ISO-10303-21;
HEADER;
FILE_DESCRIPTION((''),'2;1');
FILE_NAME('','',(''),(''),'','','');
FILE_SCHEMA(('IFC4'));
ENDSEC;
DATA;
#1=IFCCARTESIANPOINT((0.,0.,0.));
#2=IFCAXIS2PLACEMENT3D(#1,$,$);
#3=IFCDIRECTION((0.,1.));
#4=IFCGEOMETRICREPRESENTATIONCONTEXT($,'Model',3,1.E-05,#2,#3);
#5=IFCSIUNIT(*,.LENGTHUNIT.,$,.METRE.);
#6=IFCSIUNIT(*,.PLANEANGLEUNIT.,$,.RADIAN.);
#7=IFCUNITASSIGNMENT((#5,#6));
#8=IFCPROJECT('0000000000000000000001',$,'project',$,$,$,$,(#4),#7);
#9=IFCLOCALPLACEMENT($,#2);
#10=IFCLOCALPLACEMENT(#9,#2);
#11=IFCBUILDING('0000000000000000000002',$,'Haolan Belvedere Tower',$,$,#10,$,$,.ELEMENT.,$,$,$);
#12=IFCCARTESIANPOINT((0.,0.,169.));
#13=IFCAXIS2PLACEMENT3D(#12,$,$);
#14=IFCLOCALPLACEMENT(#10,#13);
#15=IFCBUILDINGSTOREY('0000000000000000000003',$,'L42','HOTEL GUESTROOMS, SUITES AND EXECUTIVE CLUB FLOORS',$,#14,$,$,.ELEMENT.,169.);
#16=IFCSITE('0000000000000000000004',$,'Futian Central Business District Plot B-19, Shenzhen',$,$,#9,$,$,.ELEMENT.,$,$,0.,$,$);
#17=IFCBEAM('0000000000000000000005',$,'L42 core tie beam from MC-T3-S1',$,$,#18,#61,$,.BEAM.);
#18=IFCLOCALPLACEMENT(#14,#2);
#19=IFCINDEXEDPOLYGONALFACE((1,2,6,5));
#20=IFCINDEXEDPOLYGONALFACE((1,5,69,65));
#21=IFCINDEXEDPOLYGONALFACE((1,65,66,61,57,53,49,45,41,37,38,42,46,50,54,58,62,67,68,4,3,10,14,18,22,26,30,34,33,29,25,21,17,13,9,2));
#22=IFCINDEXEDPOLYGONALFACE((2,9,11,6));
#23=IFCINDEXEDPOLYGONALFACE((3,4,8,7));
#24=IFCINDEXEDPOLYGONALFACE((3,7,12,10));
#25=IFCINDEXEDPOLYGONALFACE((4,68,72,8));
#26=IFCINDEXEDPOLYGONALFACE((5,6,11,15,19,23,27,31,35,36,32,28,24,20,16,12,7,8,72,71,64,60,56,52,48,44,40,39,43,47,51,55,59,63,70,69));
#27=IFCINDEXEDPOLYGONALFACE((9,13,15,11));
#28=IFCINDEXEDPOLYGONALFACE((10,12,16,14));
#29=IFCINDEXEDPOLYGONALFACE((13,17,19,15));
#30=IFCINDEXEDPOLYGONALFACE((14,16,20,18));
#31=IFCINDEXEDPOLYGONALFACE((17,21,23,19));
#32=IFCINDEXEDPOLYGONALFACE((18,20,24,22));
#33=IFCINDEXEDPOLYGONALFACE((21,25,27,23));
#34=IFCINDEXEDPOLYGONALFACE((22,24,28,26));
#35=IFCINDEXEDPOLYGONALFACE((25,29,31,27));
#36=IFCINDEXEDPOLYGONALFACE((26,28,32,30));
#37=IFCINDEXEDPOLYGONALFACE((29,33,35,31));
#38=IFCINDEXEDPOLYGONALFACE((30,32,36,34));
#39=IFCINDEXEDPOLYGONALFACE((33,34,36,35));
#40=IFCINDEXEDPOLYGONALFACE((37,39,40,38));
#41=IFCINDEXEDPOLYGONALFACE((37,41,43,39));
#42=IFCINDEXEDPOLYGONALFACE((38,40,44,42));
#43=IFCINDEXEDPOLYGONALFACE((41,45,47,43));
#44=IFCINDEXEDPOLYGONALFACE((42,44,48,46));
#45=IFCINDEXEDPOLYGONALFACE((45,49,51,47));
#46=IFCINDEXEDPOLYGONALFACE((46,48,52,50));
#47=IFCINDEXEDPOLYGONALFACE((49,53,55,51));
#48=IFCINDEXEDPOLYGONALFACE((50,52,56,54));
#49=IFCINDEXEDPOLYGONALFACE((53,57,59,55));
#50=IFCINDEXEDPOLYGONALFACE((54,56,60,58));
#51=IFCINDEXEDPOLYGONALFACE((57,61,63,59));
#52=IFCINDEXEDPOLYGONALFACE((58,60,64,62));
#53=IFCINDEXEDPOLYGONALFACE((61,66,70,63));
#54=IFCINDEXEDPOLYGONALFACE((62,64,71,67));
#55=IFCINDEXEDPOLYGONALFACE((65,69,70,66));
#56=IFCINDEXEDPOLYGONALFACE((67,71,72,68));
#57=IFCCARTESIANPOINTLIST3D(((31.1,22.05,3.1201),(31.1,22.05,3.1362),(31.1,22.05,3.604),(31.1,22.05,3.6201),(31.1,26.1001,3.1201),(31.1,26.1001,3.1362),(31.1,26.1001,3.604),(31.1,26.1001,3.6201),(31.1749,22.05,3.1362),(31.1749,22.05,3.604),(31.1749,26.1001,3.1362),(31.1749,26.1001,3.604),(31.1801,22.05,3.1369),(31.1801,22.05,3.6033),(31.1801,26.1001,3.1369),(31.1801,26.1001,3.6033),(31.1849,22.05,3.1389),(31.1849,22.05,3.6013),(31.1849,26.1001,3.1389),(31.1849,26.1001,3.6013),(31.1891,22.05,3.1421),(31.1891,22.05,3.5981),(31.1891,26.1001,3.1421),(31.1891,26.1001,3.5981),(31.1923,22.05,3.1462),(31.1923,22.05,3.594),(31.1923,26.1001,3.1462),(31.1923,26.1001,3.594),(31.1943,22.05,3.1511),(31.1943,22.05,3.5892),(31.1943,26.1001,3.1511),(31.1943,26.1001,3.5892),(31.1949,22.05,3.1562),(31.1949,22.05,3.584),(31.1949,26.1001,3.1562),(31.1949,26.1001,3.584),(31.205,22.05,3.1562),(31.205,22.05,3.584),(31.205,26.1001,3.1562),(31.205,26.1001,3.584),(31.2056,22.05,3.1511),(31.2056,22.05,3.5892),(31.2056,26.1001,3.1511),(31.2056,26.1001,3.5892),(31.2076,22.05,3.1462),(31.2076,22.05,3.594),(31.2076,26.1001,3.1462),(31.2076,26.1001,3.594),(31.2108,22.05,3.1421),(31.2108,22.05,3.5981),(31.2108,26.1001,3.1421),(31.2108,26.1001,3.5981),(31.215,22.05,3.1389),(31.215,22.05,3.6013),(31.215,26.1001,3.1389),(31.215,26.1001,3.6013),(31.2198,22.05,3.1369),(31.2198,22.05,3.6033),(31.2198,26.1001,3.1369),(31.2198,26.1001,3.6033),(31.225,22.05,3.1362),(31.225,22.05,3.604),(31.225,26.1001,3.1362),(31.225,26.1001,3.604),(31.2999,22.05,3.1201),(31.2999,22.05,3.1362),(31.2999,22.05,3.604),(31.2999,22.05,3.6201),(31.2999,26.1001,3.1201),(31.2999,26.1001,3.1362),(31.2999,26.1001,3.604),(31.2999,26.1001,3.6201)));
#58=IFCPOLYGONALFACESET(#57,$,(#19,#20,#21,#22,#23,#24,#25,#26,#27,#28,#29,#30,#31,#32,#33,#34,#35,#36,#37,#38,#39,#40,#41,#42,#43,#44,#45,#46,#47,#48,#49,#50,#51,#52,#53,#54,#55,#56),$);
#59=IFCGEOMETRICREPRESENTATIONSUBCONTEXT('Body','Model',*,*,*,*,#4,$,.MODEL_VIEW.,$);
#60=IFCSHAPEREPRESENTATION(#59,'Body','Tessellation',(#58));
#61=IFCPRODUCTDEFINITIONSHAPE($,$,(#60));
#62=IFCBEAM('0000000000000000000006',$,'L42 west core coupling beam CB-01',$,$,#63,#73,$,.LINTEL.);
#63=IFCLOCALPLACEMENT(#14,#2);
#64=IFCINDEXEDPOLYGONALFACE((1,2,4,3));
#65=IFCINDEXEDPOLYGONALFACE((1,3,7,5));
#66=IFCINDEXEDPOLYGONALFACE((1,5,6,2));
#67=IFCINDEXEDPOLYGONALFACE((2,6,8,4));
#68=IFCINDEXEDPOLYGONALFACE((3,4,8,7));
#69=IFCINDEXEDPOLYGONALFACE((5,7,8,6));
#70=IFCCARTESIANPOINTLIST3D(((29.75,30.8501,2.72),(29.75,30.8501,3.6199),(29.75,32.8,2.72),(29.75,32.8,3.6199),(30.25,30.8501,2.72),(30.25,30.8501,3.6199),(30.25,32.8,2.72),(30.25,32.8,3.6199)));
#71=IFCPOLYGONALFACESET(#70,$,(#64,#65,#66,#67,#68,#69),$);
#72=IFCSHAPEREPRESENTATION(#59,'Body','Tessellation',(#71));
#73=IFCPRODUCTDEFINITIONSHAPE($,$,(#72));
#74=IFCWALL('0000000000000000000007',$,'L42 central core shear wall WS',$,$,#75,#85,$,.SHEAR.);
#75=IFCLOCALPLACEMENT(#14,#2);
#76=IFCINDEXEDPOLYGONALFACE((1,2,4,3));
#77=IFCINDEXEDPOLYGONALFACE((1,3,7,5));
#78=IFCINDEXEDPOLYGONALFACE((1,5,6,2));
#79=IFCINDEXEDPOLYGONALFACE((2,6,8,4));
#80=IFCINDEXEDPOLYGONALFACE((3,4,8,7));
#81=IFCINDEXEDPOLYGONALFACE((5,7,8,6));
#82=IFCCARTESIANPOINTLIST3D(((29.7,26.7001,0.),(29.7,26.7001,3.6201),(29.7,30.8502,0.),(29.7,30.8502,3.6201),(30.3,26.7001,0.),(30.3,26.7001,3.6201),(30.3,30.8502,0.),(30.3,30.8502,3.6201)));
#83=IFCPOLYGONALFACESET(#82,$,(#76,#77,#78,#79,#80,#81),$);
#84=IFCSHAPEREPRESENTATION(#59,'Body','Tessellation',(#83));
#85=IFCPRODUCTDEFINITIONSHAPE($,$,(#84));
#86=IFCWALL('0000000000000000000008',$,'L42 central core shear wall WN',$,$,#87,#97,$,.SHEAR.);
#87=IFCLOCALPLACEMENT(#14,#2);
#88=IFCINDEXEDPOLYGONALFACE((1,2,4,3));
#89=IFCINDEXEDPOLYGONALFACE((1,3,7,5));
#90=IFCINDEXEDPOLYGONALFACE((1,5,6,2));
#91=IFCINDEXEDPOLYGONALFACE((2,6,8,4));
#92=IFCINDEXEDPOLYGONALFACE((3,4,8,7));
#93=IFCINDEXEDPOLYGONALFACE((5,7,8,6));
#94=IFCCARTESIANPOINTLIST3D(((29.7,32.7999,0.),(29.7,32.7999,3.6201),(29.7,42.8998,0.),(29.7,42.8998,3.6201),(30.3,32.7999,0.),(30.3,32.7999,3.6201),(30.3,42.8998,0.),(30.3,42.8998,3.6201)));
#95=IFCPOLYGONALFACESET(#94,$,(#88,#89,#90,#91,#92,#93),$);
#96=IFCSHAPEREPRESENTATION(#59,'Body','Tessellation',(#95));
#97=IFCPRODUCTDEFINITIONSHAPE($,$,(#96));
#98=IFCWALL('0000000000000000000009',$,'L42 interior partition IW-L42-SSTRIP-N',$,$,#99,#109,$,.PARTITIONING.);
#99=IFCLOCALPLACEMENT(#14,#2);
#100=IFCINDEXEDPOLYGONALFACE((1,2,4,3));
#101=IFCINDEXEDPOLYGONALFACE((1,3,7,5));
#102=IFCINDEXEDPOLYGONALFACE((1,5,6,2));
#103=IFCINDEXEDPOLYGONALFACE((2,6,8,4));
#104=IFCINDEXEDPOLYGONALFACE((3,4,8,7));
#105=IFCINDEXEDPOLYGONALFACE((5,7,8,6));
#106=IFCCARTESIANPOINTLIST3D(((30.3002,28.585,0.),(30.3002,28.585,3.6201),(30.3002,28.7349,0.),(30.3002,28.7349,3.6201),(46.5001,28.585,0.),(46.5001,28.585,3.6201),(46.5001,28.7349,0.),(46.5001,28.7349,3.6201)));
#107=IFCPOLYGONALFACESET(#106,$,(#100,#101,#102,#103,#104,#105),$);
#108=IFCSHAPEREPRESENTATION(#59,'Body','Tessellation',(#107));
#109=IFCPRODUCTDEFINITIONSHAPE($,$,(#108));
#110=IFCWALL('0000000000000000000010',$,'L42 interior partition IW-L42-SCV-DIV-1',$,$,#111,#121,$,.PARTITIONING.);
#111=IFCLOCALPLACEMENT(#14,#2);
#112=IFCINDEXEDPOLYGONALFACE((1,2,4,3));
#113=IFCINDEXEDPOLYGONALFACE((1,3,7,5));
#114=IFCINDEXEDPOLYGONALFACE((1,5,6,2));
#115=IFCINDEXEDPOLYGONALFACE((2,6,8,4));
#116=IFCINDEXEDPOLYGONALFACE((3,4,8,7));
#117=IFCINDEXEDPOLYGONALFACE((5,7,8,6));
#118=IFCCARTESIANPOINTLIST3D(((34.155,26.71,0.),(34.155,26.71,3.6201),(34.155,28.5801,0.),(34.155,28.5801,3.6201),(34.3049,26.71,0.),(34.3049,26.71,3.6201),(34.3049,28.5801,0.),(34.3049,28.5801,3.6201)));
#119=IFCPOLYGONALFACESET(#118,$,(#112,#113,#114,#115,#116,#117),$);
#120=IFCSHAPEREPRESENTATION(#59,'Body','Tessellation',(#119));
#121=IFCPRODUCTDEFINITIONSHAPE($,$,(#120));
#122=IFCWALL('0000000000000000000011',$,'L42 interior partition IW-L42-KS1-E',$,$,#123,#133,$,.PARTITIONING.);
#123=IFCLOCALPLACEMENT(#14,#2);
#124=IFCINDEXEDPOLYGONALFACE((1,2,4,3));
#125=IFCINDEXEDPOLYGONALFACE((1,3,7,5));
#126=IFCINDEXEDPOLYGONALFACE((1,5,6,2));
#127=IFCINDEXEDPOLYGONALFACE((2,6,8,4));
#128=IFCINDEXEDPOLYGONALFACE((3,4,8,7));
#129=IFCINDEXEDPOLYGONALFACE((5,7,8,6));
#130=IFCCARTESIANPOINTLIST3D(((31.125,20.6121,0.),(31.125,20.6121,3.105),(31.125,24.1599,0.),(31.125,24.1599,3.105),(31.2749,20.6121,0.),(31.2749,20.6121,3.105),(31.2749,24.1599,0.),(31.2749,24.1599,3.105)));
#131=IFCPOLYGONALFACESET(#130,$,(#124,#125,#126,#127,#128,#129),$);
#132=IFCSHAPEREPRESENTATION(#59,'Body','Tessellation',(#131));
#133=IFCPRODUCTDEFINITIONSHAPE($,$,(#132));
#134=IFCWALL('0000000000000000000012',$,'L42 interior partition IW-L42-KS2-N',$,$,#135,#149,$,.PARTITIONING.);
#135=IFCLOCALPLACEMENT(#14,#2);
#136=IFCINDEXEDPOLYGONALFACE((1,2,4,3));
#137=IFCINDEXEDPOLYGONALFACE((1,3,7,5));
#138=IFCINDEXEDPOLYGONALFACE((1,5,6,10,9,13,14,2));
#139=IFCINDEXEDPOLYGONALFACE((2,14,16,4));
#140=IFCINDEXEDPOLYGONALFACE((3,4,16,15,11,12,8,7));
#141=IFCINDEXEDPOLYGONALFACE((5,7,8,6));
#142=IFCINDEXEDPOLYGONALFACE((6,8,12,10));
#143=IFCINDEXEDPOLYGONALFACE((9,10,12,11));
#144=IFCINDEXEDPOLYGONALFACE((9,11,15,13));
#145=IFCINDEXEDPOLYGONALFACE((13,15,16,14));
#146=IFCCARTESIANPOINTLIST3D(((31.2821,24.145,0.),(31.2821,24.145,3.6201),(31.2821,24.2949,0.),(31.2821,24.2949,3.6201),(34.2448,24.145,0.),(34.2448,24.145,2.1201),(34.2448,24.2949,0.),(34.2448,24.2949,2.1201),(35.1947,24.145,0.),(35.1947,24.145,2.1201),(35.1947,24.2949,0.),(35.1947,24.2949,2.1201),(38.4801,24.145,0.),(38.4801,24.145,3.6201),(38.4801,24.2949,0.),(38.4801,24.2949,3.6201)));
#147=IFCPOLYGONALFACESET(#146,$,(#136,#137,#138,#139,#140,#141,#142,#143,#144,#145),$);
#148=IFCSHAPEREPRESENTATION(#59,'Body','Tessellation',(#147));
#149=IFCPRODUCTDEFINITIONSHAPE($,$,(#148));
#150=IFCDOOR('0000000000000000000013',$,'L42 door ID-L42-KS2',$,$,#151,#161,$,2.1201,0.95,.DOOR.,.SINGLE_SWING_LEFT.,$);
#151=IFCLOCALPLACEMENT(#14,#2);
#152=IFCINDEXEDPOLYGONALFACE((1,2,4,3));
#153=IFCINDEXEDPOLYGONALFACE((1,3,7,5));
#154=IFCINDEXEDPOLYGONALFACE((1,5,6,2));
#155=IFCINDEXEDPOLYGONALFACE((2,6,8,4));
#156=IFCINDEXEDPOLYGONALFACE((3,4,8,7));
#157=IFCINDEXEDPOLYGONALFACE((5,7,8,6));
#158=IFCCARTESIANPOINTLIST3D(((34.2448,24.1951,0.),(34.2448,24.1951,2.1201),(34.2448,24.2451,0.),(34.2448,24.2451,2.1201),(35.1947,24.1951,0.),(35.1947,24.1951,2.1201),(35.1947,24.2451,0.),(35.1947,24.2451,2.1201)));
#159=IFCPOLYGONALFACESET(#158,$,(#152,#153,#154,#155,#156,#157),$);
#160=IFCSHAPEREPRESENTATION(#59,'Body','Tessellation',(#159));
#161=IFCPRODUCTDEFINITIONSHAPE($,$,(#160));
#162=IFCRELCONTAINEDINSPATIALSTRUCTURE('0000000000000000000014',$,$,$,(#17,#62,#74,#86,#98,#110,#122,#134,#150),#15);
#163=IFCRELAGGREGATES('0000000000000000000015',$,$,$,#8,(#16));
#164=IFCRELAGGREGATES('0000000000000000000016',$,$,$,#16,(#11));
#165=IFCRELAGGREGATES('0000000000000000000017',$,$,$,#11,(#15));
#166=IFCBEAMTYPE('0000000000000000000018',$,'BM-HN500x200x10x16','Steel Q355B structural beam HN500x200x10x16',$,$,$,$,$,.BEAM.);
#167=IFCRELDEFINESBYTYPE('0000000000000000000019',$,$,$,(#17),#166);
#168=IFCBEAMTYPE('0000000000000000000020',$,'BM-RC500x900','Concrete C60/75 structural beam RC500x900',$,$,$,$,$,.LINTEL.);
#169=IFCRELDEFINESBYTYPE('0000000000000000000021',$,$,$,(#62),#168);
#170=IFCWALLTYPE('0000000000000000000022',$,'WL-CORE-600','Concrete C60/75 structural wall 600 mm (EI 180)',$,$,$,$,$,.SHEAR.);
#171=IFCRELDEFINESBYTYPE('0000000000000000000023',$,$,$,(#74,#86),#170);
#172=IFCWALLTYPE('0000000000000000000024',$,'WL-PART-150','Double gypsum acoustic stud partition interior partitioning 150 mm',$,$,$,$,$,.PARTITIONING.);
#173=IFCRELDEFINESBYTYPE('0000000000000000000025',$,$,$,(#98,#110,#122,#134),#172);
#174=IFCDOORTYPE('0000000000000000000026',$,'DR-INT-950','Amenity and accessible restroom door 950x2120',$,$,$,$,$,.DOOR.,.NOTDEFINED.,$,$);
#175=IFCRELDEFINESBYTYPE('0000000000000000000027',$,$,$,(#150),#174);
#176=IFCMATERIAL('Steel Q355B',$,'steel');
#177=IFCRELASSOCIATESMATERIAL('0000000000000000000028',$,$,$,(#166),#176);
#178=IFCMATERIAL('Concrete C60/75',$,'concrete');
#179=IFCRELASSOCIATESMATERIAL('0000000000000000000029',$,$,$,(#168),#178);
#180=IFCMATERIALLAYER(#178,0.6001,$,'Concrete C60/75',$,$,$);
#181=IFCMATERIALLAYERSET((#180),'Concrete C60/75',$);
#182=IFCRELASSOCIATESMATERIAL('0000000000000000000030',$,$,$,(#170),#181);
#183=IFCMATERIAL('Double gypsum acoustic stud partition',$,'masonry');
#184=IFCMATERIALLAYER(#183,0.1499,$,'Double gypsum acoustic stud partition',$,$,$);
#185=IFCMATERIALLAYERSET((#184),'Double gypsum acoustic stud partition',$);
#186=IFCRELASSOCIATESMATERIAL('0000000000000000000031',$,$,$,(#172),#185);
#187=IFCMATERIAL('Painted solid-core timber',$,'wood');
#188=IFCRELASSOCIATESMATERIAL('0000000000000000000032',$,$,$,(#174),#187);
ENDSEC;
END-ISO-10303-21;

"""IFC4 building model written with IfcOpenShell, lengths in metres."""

from ifc_helpers import new_model, si_unit, direction, frame, frame_2d, origin, origin_2d, place, context, subcontext, project, spatial, rectangle, i_section, extrude, material, layer, layer_set, material_profile, profile_set, type_object, element, fill, save


model = new_model("IFC4")

# Units and contexts
model_context = context("Model", 3, precision=1e-05, world=origin(), true_north=direction((0.0, 1.0)))
body_context = subcontext(model_context, "Body", "Model", "MODEL_VIEW")
ifc_project = project(units=[si_unit("LENGTHUNIT", "METRE"), si_unit("PLANEANGLEUNIT", "RADIAN")], contexts=[model_context])

# Site, building, storey
site_placement = place(None, origin())
site = spatial("IfcSite", under=ifc_project, at=site_placement, Name="Futian Central Business District Plot B-19, Shenzhen", CompositionType="ELEMENT", RefElevation=0.0)
building_placement = place(site_placement, origin())
building = spatial("IfcBuilding", under=site, at=building_placement, Name="Haolan Belvedere Tower", CompositionType="ELEMENT")
storey_placement = place(building_placement, frame((0.0, 0.0, 169.0)))
storey = spatial("IfcBuildingStorey", under=building, at=storey_placement, Name="L42", Description="HOTEL GUESTROOMS, SUITES AND EXECUTIVE CLUB FLOORS", CompositionType="ELEMENT", Elevation=169.0)

# Beams
ifc_material_1 = material(Name="Steel Q355B", Category="steel")
ifc_material_profile_1 = material_profile(ifc_material_1, i_section(OverallWidth=0.2, OverallDepth=0.5, WebThickness=0.01, FlangeThickness=0.0161, FilletRadius=0.02, at=origin_2d()), Name="Steel Q355B")
ifc_profile_set_1 = profile_set([ifc_material_profile_1], Name="Steel Q355B")
beam_type_1 = type_object("IfcBeamType", Name="BM-HN500x200x10x16", Description="Steel Q355B structural beam HN500x200x10x16", PredefinedType="BEAM", material=ifc_profile_set_1)
beam_1_placement = place(storey_placement, frame((31.2, 22.05, 3.3701), z_axis=(0.0, 1.0, 0.0), x_axis=(-1.0, 0.0, 0.0)))
element("IfcBeam", 1, at=beam_1_placement, inside=storey, type_object=beam_type_1, Name="L42 core tie beam from MC-T3-S1", PredefinedType="BEAM", context=body_context, shape_type="SweptSolid", body=[
    extrude(i_section(OverallWidth=0.2, OverallDepth=0.5, WebThickness=0.01, FlangeThickness=0.0161, FilletRadius=0.02, at=origin_2d()), origin(), (0.0, 0.0, 1.0), 4.05),
])
ifc_material_2 = material(Name="Concrete C60/75", Category="concrete")
ifc_material_profile_2 = material_profile(ifc_material_2, rectangle(XDim=0.5, YDim=0.8999, at=origin_2d()), Name="Concrete C60/75")
ifc_profile_set_2 = profile_set([ifc_material_profile_2], Name="Concrete C60/75")
beam_type_2 = type_object("IfcBeamType", Name="BM-RC500x900", Description="Concrete C60/75 structural beam RC500x900", PredefinedType="LINTEL", material=ifc_profile_set_2)
beam_2_placement = place(storey_placement, frame((30.0, 30.8501, 3.1699), z_axis=(0.0, 1.0, 0.0), x_axis=(-1.0, 0.0, 0.0)))
element("IfcBeam", 2, at=beam_2_placement, inside=storey, type_object=beam_type_2, Name="L42 west core coupling beam CB-01", PredefinedType="LINTEL", context=body_context, shape_type="SweptSolid", body=[
    extrude(rectangle(XDim=0.5, YDim=0.8999, at=origin_2d()), origin(), (0.0, 0.0, 1.0), 1.95),
])

# Walls
ifc_layer_1 = layer(ifc_material_2, 0.6001, Name="Concrete C60/75")
ifc_layer_set_1 = layer_set([ifc_layer_1], Name="Concrete C60/75")
wall_type_1 = type_object("IfcWallType", Name="WL-CORE-600", Description="Concrete C60/75 structural wall 600 mm (EI 180)", PredefinedType="SHEAR", material=ifc_layer_set_1)
wall_1_placement = place(storey_placement, frame((30.0, 26.7, 0.0), z_axis=(0.0, 0.0, 1.0), x_axis=(0.0, 1.0, 0.0)))
element("IfcWall", 3, at=wall_1_placement, inside=storey, type_object=wall_type_1, Name="L42 central core shear wall WS", PredefinedType="SHEAR", context=body_context, shape_type="SweptSolid", body=[
    extrude(rectangle(XDim=4.1501, YDim=0.6001, at=frame_2d((2.0752, 0.0))), origin(), (0.0, 0.0, 1.0), 3.6201),
])
wall_2_placement = place(storey_placement, frame((30.0, 32.8, 0.0), z_axis=(0.0, 0.0, 1.0), x_axis=(0.0, 1.0, 0.0)))
element("IfcWall", 4, at=wall_2_placement, inside=storey, type_object=wall_type_1, Name="L42 central core shear wall WN", PredefinedType="SHEAR", context=body_context, shape_type="SweptSolid", body=[
    extrude(rectangle(XDim=10.0999, YDim=0.6001, at=frame_2d((5.0498, 0.0))), origin(), (0.0, 0.0, 1.0), 3.6201),
])
ifc_material_3 = material(Name="Double gypsum acoustic stud partition", Category="masonry")
ifc_layer_2 = layer(ifc_material_3, 0.1499, Name="Double gypsum acoustic stud partition")
ifc_layer_set_2 = layer_set([ifc_layer_2], Name="Double gypsum acoustic stud partition")
wall_type_2 = type_object("IfcWallType", Name="WL-PART-150", Description="Double gypsum acoustic stud partition interior partitioning 150 mm", PredefinedType="PARTITIONING", material=ifc_layer_set_2)
wall_3_placement = place(storey_placement, frame((30.3, 28.6599, 0.0), z_axis=(0.0, 0.0, 1.0), x_axis=(1.0, 0.0, 0.0)))
element("IfcWall", 5, at=wall_3_placement, inside=storey, type_object=wall_type_2, Name="L42 interior partition IW-L42-SSTRIP-N", PredefinedType="PARTITIONING", context=body_context, shape_type="SweptSolid", body=[
    extrude(rectangle(XDim=16.2, YDim=0.1499, at=frame_2d((8.1001, 0.0))), origin(), (0.0, 0.0, 1.0), 3.6201),
])
wall_4_placement = place(storey_placement, frame((34.23, 26.71, 0.0), z_axis=(0.0, 0.0, 1.0), x_axis=(0.0, 1.0, 0.0)))
element("IfcWall", 6, at=wall_4_placement, inside=storey, type_object=wall_type_2, Name="L42 interior partition IW-L42-SCV-DIV-1", PredefinedType="PARTITIONING", context=body_context, shape_type="SweptSolid", body=[
    extrude(rectangle(XDim=1.8701, YDim=0.1499, at=frame_2d((0.9351, 0.0))), origin(), (0.0, 0.0, 1.0), 3.6201),
])
wall_5_placement = place(storey_placement, frame((31.2, 20.6121, 0.0), z_axis=(0.0, 0.0, 1.0), x_axis=(0.0, 1.0, 0.0)))
element("IfcWall", 7, at=wall_5_placement, inside=storey, type_object=wall_type_2, Name="L42 interior partition IW-L42-KS1-E", PredefinedType="PARTITIONING", context=body_context, shape_type="SweptSolid", body=[
    extrude(rectangle(XDim=3.5479, YDim=0.1499, at=frame_2d((1.7739, 0.0))), origin(), (0.0, 0.0, 1.0), 3.105),
])

# Wall, opening, door
wall_6_placement = place(storey_placement, frame((31.282, 24.22, 0.0), z_axis=(0.0, 0.0, 1.0), x_axis=(1.0, 0.0, 0.0)))
wall_6 = element("IfcWall", 8, at=wall_6_placement, inside=storey, type_object=wall_type_2, Name="L42 interior partition IW-L42-KS2-N", PredefinedType="PARTITIONING", context=body_context, shape_type="SweptSolid", body=[
    extrude(rectangle(XDim=7.198, YDim=0.1499, at=frame_2d((3.5991, 0.0))), origin(), (0.0, 0.0, 1.0), 3.6201),
])
opening_1_placement = place(wall_6_placement, frame((3.9128, 0.0, 0.0), z_axis=(0.0, 0.0, 1.0), x_axis=(-1.0, 0.0, 0.0)))
opening_1 = element("IfcOpeningElement", 9, at=opening_1_placement, cuts=wall_6, PredefinedType="OPENING", context=body_context, shape_type="SweptSolid", body=[
    extrude(rectangle(XDim=0.95, YDim=2.1201, at=frame_2d((0.4751, 1.0601))), frame((0.0, 0.085, 0.0), z_axis=(0.0, -1.0, 0.0), x_axis=(1.0, 0.0, 0.0)), (0.0, 0.0, 1.0), 0.1699),
])
ifc_material_4 = material(Name="Painted solid-core timber", Category="wood")
door_type_1 = type_object("IfcDoorType", Name="DR-INT-950", Description="Amenity and accessible restroom door 950x2120", OperationType="NOTDEFINED", PredefinedType="DOOR", material=ifc_material_4)
door_1_placement = place(opening_1_placement, origin())
door_1 = element("IfcDoor", 10, at=door_1_placement, inside=storey, type_object=door_type_1, Name="L42 door ID-L42-KS2", OperationType="SINGLE_SWING_LEFT", OverallHeight=2.1201, OverallWidth=0.95, PredefinedType="DOOR", context=body_context, shape_type="SweptSolid", body=[
    extrude(rectangle(XDim=0.95, YDim=2.1201, at=frame_2d((0.4751, 1.0601))), frame((0.0, 0.0249, 0.0), z_axis=(0.0, -1.0, 0.0), x_axis=(1.0, 0.0, 0.0)), (0.0, 0.0, 1.0), 0.05),
])
fill(opening_1, door_1)

save(model, "model.ifc")
